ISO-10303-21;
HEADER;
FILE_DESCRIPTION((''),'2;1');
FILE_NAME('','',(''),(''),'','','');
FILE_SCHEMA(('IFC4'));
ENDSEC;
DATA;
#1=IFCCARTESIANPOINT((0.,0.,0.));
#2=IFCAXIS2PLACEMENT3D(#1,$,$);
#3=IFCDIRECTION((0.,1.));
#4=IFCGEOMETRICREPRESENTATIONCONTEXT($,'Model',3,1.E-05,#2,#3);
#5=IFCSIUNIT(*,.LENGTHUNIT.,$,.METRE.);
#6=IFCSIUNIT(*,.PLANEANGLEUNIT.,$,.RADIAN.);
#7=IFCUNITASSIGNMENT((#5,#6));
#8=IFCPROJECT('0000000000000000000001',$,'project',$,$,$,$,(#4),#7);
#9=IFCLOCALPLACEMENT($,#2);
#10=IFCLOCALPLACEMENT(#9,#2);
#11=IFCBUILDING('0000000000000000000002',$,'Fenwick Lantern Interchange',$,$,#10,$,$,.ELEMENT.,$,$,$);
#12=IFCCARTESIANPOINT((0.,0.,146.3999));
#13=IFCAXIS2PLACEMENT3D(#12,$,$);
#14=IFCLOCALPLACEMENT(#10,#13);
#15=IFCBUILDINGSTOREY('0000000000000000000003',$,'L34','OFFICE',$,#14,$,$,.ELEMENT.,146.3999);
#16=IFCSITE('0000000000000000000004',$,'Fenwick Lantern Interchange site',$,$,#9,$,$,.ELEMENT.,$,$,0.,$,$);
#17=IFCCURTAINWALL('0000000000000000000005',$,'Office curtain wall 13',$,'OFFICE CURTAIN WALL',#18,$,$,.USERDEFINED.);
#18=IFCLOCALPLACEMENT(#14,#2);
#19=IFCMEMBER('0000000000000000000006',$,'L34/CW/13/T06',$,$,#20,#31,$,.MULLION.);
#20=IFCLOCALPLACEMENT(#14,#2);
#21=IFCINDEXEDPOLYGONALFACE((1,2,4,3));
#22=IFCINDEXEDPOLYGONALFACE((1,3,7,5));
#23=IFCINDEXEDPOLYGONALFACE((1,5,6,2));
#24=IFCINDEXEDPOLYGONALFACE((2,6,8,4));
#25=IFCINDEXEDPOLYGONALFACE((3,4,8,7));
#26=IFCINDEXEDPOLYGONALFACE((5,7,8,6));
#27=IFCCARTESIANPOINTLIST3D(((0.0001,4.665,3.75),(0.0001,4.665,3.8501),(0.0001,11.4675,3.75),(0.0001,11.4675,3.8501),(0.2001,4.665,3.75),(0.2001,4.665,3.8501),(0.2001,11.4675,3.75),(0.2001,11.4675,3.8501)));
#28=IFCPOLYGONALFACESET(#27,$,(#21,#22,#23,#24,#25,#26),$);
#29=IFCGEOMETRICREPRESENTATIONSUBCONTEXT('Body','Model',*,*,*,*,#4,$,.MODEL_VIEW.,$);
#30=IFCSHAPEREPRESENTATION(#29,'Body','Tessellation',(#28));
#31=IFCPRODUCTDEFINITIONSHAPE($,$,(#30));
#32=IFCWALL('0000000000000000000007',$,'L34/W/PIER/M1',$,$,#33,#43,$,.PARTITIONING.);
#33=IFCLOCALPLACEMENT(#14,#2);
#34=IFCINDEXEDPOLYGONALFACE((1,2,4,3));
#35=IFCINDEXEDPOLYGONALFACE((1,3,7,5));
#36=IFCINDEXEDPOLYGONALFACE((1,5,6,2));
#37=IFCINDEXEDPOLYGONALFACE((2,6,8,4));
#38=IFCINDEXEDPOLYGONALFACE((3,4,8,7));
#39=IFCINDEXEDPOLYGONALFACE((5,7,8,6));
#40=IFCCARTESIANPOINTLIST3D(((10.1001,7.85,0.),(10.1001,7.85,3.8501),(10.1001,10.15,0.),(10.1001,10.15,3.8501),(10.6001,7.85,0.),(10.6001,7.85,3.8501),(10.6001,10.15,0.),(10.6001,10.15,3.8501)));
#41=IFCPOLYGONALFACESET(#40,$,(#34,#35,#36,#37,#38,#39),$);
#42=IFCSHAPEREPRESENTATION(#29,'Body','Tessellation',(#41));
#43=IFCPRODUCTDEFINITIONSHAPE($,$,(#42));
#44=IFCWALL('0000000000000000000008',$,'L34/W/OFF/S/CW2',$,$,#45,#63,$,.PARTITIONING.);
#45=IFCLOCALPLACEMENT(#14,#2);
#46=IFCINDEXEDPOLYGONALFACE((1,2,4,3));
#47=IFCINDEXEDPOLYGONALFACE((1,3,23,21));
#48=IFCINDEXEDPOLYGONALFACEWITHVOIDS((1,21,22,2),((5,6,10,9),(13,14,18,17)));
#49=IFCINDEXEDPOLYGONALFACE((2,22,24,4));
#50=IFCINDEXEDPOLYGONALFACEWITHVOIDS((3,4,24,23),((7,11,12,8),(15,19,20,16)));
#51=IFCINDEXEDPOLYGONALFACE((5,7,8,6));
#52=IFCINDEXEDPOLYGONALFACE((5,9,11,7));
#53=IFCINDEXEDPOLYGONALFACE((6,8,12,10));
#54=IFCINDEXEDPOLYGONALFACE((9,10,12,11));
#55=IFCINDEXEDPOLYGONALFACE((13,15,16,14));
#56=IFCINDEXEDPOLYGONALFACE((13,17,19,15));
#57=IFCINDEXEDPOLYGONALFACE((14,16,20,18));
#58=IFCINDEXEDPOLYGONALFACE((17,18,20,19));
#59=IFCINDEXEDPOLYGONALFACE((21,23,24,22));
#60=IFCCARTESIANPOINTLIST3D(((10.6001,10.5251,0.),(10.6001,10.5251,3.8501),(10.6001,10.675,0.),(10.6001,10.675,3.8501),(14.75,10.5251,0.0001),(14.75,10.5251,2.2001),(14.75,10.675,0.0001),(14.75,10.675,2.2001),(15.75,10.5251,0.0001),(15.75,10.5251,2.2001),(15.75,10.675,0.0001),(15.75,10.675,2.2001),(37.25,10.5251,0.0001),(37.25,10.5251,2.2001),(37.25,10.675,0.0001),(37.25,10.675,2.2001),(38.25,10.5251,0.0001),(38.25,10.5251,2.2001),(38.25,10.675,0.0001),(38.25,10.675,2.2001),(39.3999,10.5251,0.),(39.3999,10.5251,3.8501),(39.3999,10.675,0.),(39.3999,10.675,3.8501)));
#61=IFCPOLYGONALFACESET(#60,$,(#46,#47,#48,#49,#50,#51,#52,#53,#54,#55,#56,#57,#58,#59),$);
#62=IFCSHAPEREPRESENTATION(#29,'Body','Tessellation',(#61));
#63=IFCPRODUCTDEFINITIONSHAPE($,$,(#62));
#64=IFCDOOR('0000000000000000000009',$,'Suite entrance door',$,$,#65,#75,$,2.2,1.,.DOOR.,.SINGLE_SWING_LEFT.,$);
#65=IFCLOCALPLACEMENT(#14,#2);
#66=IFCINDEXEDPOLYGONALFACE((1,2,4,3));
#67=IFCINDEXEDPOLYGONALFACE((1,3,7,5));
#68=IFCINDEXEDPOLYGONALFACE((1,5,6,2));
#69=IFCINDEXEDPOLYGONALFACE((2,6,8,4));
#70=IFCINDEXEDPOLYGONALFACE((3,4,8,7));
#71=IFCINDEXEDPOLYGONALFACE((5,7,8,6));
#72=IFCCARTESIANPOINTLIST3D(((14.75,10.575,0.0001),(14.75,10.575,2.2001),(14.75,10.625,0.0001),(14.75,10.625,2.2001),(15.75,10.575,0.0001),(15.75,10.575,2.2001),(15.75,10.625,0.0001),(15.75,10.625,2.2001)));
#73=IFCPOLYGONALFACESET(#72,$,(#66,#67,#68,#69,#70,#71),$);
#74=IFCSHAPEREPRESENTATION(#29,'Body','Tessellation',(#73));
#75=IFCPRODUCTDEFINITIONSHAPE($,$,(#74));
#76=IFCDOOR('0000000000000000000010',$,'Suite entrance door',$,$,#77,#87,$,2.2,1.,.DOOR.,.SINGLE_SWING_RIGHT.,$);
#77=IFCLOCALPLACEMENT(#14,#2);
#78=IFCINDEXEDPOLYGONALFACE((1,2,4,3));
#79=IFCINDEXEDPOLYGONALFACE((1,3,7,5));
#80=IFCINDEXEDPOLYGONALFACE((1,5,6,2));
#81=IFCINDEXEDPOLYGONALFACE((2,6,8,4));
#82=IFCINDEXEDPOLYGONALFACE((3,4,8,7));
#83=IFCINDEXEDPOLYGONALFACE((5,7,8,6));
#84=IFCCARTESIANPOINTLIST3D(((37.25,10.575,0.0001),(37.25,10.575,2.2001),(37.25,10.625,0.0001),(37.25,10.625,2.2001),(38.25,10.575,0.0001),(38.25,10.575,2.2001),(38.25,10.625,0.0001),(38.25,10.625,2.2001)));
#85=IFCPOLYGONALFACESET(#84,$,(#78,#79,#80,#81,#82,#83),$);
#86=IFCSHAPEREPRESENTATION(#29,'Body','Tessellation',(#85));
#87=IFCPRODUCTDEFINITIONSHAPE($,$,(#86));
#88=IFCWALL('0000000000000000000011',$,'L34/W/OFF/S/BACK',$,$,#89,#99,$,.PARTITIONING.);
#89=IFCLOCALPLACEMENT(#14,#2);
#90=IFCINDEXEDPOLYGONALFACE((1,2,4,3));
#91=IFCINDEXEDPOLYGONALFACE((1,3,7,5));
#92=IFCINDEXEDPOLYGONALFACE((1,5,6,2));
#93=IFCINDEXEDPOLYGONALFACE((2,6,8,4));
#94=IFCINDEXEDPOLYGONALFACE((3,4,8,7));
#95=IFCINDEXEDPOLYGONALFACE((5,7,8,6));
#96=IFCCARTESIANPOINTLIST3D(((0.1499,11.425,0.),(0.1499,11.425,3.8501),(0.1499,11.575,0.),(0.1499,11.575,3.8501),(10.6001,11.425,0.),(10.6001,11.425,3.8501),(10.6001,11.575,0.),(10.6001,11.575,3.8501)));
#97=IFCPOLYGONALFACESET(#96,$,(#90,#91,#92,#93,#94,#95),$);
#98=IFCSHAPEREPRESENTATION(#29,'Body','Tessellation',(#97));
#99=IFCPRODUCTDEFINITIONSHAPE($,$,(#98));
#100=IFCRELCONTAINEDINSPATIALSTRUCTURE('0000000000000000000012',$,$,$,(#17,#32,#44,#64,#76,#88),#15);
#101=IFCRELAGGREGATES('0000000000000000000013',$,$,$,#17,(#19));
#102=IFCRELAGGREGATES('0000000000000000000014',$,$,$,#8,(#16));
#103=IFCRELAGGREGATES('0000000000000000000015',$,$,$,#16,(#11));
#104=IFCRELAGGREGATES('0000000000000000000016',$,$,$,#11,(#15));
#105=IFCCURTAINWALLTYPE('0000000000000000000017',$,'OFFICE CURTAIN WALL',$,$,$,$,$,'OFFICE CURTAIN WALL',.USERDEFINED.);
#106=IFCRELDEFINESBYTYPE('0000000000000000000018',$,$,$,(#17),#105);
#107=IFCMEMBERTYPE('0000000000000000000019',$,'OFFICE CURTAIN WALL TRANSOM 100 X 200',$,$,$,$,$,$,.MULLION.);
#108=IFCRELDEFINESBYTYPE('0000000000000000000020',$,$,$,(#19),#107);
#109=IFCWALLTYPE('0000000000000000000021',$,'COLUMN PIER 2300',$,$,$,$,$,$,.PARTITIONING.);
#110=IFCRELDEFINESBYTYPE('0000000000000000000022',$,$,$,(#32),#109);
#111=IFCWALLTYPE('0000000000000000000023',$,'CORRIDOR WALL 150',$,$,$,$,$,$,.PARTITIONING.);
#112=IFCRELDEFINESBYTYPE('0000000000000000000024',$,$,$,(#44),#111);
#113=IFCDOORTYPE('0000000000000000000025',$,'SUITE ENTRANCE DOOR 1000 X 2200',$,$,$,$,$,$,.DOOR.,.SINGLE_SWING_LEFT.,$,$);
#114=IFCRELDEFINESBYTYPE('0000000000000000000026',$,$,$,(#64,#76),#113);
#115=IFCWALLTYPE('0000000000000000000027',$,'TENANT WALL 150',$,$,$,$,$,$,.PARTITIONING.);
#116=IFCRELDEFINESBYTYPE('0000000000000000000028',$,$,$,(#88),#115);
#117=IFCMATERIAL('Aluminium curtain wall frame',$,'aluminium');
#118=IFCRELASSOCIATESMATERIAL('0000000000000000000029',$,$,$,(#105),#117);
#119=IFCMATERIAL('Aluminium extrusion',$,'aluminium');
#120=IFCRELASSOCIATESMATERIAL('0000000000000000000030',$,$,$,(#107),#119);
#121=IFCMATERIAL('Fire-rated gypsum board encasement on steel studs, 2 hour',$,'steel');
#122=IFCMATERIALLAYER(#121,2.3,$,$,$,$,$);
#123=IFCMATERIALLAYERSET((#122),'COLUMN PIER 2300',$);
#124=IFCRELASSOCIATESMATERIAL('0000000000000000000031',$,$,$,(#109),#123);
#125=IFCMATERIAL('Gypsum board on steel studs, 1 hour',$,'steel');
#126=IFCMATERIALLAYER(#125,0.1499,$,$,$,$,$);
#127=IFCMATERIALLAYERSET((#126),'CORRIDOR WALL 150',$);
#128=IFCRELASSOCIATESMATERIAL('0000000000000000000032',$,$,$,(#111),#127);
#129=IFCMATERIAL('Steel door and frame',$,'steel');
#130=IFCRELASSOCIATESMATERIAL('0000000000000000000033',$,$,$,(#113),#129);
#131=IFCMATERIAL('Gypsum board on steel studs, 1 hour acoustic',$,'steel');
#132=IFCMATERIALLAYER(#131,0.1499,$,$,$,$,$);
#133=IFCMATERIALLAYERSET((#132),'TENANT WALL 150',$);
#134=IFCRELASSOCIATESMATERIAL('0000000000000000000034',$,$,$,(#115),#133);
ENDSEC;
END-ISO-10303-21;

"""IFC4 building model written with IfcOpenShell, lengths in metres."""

from ifc_helpers import new_model, si_unit, direction, frame, frame_2d, origin, origin_2d, place, context, subcontext, project, spatial, rectangle, extrude, material, layer, layer_set, material_profile, profile_set, type_object, element, fill, aggregate, save


model = new_model("IFC4")

# Units and contexts
model_context = context("Model", 3, precision=1e-05, world=origin(), true_north=direction((0.0, 1.0)))
body_context = subcontext(model_context, "Body", "Model", "MODEL_VIEW")
ifc_project = project(units=[si_unit("LENGTHUNIT", "METRE"), si_unit("PLANEANGLEUNIT", "RADIAN")], contexts=[model_context])

# Site, building, storey
site_placement = place(None, origin())
site = spatial("IfcSite", under=ifc_project, at=site_placement, Name="Fenwick Lantern Interchange site", CompositionType="ELEMENT", RefElevation=0.0)
building_placement = place(site_placement, origin())
building = spatial("IfcBuilding", under=site, at=building_placement, Name="Fenwick Lantern Interchange", CompositionType="ELEMENT")
storey_placement = place(building_placement, frame((0.0, 0.0, 146.3999)))
storey = spatial("IfcBuildingStorey", under=building, at=storey_placement, Name="L34", Description="OFFICE", CompositionType="ELEMENT", Elevation=146.3999)

# Curtain wall, member
ifc_material_1 = material(Name="Aluminium curtain wall frame", Category="aluminium")
curtain_wall_type = type_object("IfcCurtainWallType", Name="OFFICE CURTAIN WALL", ElementType="OFFICE CURTAIN WALL", PredefinedType="USERDEFINED", material=ifc_material_1)
curtain_wall_placement = place(storey_placement, origin())
curtain_wall = element("IfcCurtainWall", 1, at=curtain_wall_placement, inside=storey, type_object=curtain_wall_type, Name="Office curtain wall 13", ObjectType="OFFICE CURTAIN WALL", PredefinedType="USERDEFINED")
ifc_material_2 = material(Name="Aluminium extrusion", Category="aluminium")
ifc_material_profile_1 = material_profile(ifc_material_2, rectangle(XDim=0.2, YDim=0.1001, at=origin_2d()), Name="OFFICE CURTAIN WALL TRANSOM 100 X 200")
ifc_profile_set_1 = profile_set([ifc_material_profile_1], Name="Aluminium extrusion")
member_type_1 = type_object("IfcMemberType", Name="OFFICE CURTAIN WALL TRANSOM 100 X 200", PredefinedType="MULLION", material=ifc_profile_set_1)
member_1_placement = place(storey_placement, frame((0.1001, 11.4675, 3.8), z_axis=(0.0, -1.0, 0.0), x_axis=(1.0, 0.0, 0.0)))
member_1 = element("IfcMember", 2, at=member_1_placement, type_object=member_type_1, Name="L34/CW/13/T06", PredefinedType="MULLION", context=body_context, shape_type="SweptSolid", body=[
    extrude(rectangle(XDim=0.2, YDim=0.1001, at=origin_2d()), origin(), (0.0, 0.0, 1.0), 6.8025),
])
aggregate(curtain_wall, [member_1])

# Wall
ifc_material_3 = material(Name="Fire-rated gypsum board encasement on steel studs, 2 hour", Category="steel")
ifc_layer_1 = layer(ifc_material_3, 2.3)
ifc_layer_set_1 = layer_set([ifc_layer_1], Name="COLUMN PIER 2300")
wall_type_1 = type_object("IfcWallType", Name="COLUMN PIER 2300", PredefinedType="PARTITIONING", material=ifc_layer_set_1)
wall_1_placement = place(storey_placement, frame((10.6001, 9.0, 0.0), z_axis=(0.0, 0.0, 1.0), x_axis=(-1.0, 0.0, 0.0)))
element("IfcWall", 3, at=wall_1_placement, inside=storey, type_object=wall_type_1, Name="L34/W/PIER/M1", PredefinedType="PARTITIONING", context=body_context, shape_type="SweptSolid", body=[
    extrude(rectangle(XDim=0.5, YDim=2.3, at=frame_2d((0.25, 0.0))), origin(), (0.0, 0.0, 1.0), 3.8501),
])

# Wall, openings, doors
ifc_material_4 = material(Name="Gypsum board on steel studs, 1 hour", Category="steel")
ifc_layer_2 = layer(ifc_material_4, 0.1499)
ifc_layer_set_2 = layer_set([ifc_layer_2], Name="CORRIDOR WALL 150")
wall_type_2 = type_object("IfcWallType", Name="CORRIDOR WALL 150", PredefinedType="PARTITIONING", material=ifc_layer_set_2)
wall_2_placement = place(storey_placement, frame((10.6001, 10.6001, 0.0), z_axis=(0.0, 0.0, 1.0), x_axis=(1.0, 0.0, 0.0)))
wall_2 = element("IfcWall", 4, at=wall_2_placement, inside=storey, type_object=wall_type_2, Name="L34/W/OFF/S/CW2", PredefinedType="PARTITIONING", context=body_context, shape_type="SweptSolid", body=[
    extrude(rectangle(XDim=28.7998, YDim=0.1499, at=frame_2d((14.3999, 0.0))), origin(), (0.0, 0.0, 1.0), 3.8501),
])
opening_1_placement = place(wall_2_placement, frame((4.1499, 0.0, 0.0)))
opening_1 = element("IfcOpeningElement", 5, at=opening_1_placement, cuts=wall_2, PredefinedType="OPENING", context=body_context, shape_type="SweptSolid", body=[
    extrude(rectangle(XDim=1.0, YDim=2.2, at=frame_2d((0.5, 1.1001))), frame((0.0, 0.085, 0.0), z_axis=(0.0, -1.0, 0.0), x_axis=(1.0, 0.0, 0.0)), (0.0, 0.0, 1.0), 0.1699),
])
opening_2_placement = place(wall_2_placement, frame((26.6499, 0.0, 0.0)))
opening_2 = element("IfcOpeningElement", 6, at=opening_2_placement, cuts=wall_2, PredefinedType="OPENING", context=body_context, shape_type="SweptSolid", body=[
    extrude(rectangle(XDim=1.0, YDim=2.2, at=frame_2d((0.5, 1.1001))), frame((0.0, 0.085, 0.0), z_axis=(0.0, -1.0, 0.0), x_axis=(1.0, 0.0, 0.0)), (0.0, 0.0, 1.0), 0.1699),
])
ifc_material_5 = material(Name="Steel door and frame", Category="steel")
door_type = type_object("IfcDoorType", Name="SUITE ENTRANCE DOOR 1000 X 2200", OperationType="SINGLE_SWING_LEFT", PredefinedType="DOOR", material=ifc_material_5)
door_1_placement = place(opening_1_placement, origin())
door_1 = element("IfcDoor", 7, at=door_1_placement, inside=storey, type_object=door_type, Name="Suite entrance door", OperationType="SINGLE_SWING_LEFT", OverallHeight=2.2, OverallWidth=1.0, PredefinedType="DOOR", context=body_context, shape_type="SweptSolid", body=[
    extrude(rectangle(XDim=1.0, YDim=2.2, at=frame_2d((0.5, 1.1001))), frame((0.0, 0.0249, 0.0), z_axis=(0.0, -1.0, 0.0), x_axis=(1.0, 0.0, 0.0)), (0.0, 0.0, 1.0), 0.05),
])
fill(opening_1, door_1)
door_2_placement = place(opening_2_placement, origin())
door_2 = element("IfcDoor", 8, at=door_2_placement, inside=storey, type_object=door_type, Name="Suite entrance door", OperationType="SINGLE_SWING_RIGHT", OverallHeight=2.2, OverallWidth=1.0, PredefinedType="DOOR", context=body_context, shape_type="SweptSolid", body=[
    extrude(rectangle(XDim=1.0, YDim=2.2, at=frame_2d((0.5, 1.1001))), frame((0.0, 0.0249, 0.0), z_axis=(0.0, -1.0, 0.0), x_axis=(1.0, 0.0, 0.0)), (0.0, 0.0, 1.0), 0.05),
])
fill(opening_2, door_2)

# Wall
ifc_material_6 = material(Name="Gypsum board on steel studs, 1 hour acoustic", Category="steel")
ifc_layer_3 = layer(ifc_material_6, 0.1499)
ifc_layer_set_3 = layer_set([ifc_layer_3], Name="TENANT WALL 150")
wall_type_3 = type_object("IfcWallType", Name="TENANT WALL 150", PredefinedType="PARTITIONING", material=ifc_layer_set_3)
wall_3_placement = place(storey_placement, frame((0.1499, 11.5, 0.0), z_axis=(0.0, 0.0, 1.0), x_axis=(1.0, 0.0, 0.0)))
element("IfcWall", 9, at=wall_3_placement, inside=storey, type_object=wall_type_3, Name="L34/W/OFF/S/BACK", PredefinedType="PARTITIONING", context=body_context, shape_type="SweptSolid", body=[
    extrude(rectangle(XDim=10.4502, YDim=0.1499, at=frame_2d((5.2251, 0.0))), origin(), (0.0, 0.0, 1.0), 3.8501),
])

save(model, "model.ifc")
